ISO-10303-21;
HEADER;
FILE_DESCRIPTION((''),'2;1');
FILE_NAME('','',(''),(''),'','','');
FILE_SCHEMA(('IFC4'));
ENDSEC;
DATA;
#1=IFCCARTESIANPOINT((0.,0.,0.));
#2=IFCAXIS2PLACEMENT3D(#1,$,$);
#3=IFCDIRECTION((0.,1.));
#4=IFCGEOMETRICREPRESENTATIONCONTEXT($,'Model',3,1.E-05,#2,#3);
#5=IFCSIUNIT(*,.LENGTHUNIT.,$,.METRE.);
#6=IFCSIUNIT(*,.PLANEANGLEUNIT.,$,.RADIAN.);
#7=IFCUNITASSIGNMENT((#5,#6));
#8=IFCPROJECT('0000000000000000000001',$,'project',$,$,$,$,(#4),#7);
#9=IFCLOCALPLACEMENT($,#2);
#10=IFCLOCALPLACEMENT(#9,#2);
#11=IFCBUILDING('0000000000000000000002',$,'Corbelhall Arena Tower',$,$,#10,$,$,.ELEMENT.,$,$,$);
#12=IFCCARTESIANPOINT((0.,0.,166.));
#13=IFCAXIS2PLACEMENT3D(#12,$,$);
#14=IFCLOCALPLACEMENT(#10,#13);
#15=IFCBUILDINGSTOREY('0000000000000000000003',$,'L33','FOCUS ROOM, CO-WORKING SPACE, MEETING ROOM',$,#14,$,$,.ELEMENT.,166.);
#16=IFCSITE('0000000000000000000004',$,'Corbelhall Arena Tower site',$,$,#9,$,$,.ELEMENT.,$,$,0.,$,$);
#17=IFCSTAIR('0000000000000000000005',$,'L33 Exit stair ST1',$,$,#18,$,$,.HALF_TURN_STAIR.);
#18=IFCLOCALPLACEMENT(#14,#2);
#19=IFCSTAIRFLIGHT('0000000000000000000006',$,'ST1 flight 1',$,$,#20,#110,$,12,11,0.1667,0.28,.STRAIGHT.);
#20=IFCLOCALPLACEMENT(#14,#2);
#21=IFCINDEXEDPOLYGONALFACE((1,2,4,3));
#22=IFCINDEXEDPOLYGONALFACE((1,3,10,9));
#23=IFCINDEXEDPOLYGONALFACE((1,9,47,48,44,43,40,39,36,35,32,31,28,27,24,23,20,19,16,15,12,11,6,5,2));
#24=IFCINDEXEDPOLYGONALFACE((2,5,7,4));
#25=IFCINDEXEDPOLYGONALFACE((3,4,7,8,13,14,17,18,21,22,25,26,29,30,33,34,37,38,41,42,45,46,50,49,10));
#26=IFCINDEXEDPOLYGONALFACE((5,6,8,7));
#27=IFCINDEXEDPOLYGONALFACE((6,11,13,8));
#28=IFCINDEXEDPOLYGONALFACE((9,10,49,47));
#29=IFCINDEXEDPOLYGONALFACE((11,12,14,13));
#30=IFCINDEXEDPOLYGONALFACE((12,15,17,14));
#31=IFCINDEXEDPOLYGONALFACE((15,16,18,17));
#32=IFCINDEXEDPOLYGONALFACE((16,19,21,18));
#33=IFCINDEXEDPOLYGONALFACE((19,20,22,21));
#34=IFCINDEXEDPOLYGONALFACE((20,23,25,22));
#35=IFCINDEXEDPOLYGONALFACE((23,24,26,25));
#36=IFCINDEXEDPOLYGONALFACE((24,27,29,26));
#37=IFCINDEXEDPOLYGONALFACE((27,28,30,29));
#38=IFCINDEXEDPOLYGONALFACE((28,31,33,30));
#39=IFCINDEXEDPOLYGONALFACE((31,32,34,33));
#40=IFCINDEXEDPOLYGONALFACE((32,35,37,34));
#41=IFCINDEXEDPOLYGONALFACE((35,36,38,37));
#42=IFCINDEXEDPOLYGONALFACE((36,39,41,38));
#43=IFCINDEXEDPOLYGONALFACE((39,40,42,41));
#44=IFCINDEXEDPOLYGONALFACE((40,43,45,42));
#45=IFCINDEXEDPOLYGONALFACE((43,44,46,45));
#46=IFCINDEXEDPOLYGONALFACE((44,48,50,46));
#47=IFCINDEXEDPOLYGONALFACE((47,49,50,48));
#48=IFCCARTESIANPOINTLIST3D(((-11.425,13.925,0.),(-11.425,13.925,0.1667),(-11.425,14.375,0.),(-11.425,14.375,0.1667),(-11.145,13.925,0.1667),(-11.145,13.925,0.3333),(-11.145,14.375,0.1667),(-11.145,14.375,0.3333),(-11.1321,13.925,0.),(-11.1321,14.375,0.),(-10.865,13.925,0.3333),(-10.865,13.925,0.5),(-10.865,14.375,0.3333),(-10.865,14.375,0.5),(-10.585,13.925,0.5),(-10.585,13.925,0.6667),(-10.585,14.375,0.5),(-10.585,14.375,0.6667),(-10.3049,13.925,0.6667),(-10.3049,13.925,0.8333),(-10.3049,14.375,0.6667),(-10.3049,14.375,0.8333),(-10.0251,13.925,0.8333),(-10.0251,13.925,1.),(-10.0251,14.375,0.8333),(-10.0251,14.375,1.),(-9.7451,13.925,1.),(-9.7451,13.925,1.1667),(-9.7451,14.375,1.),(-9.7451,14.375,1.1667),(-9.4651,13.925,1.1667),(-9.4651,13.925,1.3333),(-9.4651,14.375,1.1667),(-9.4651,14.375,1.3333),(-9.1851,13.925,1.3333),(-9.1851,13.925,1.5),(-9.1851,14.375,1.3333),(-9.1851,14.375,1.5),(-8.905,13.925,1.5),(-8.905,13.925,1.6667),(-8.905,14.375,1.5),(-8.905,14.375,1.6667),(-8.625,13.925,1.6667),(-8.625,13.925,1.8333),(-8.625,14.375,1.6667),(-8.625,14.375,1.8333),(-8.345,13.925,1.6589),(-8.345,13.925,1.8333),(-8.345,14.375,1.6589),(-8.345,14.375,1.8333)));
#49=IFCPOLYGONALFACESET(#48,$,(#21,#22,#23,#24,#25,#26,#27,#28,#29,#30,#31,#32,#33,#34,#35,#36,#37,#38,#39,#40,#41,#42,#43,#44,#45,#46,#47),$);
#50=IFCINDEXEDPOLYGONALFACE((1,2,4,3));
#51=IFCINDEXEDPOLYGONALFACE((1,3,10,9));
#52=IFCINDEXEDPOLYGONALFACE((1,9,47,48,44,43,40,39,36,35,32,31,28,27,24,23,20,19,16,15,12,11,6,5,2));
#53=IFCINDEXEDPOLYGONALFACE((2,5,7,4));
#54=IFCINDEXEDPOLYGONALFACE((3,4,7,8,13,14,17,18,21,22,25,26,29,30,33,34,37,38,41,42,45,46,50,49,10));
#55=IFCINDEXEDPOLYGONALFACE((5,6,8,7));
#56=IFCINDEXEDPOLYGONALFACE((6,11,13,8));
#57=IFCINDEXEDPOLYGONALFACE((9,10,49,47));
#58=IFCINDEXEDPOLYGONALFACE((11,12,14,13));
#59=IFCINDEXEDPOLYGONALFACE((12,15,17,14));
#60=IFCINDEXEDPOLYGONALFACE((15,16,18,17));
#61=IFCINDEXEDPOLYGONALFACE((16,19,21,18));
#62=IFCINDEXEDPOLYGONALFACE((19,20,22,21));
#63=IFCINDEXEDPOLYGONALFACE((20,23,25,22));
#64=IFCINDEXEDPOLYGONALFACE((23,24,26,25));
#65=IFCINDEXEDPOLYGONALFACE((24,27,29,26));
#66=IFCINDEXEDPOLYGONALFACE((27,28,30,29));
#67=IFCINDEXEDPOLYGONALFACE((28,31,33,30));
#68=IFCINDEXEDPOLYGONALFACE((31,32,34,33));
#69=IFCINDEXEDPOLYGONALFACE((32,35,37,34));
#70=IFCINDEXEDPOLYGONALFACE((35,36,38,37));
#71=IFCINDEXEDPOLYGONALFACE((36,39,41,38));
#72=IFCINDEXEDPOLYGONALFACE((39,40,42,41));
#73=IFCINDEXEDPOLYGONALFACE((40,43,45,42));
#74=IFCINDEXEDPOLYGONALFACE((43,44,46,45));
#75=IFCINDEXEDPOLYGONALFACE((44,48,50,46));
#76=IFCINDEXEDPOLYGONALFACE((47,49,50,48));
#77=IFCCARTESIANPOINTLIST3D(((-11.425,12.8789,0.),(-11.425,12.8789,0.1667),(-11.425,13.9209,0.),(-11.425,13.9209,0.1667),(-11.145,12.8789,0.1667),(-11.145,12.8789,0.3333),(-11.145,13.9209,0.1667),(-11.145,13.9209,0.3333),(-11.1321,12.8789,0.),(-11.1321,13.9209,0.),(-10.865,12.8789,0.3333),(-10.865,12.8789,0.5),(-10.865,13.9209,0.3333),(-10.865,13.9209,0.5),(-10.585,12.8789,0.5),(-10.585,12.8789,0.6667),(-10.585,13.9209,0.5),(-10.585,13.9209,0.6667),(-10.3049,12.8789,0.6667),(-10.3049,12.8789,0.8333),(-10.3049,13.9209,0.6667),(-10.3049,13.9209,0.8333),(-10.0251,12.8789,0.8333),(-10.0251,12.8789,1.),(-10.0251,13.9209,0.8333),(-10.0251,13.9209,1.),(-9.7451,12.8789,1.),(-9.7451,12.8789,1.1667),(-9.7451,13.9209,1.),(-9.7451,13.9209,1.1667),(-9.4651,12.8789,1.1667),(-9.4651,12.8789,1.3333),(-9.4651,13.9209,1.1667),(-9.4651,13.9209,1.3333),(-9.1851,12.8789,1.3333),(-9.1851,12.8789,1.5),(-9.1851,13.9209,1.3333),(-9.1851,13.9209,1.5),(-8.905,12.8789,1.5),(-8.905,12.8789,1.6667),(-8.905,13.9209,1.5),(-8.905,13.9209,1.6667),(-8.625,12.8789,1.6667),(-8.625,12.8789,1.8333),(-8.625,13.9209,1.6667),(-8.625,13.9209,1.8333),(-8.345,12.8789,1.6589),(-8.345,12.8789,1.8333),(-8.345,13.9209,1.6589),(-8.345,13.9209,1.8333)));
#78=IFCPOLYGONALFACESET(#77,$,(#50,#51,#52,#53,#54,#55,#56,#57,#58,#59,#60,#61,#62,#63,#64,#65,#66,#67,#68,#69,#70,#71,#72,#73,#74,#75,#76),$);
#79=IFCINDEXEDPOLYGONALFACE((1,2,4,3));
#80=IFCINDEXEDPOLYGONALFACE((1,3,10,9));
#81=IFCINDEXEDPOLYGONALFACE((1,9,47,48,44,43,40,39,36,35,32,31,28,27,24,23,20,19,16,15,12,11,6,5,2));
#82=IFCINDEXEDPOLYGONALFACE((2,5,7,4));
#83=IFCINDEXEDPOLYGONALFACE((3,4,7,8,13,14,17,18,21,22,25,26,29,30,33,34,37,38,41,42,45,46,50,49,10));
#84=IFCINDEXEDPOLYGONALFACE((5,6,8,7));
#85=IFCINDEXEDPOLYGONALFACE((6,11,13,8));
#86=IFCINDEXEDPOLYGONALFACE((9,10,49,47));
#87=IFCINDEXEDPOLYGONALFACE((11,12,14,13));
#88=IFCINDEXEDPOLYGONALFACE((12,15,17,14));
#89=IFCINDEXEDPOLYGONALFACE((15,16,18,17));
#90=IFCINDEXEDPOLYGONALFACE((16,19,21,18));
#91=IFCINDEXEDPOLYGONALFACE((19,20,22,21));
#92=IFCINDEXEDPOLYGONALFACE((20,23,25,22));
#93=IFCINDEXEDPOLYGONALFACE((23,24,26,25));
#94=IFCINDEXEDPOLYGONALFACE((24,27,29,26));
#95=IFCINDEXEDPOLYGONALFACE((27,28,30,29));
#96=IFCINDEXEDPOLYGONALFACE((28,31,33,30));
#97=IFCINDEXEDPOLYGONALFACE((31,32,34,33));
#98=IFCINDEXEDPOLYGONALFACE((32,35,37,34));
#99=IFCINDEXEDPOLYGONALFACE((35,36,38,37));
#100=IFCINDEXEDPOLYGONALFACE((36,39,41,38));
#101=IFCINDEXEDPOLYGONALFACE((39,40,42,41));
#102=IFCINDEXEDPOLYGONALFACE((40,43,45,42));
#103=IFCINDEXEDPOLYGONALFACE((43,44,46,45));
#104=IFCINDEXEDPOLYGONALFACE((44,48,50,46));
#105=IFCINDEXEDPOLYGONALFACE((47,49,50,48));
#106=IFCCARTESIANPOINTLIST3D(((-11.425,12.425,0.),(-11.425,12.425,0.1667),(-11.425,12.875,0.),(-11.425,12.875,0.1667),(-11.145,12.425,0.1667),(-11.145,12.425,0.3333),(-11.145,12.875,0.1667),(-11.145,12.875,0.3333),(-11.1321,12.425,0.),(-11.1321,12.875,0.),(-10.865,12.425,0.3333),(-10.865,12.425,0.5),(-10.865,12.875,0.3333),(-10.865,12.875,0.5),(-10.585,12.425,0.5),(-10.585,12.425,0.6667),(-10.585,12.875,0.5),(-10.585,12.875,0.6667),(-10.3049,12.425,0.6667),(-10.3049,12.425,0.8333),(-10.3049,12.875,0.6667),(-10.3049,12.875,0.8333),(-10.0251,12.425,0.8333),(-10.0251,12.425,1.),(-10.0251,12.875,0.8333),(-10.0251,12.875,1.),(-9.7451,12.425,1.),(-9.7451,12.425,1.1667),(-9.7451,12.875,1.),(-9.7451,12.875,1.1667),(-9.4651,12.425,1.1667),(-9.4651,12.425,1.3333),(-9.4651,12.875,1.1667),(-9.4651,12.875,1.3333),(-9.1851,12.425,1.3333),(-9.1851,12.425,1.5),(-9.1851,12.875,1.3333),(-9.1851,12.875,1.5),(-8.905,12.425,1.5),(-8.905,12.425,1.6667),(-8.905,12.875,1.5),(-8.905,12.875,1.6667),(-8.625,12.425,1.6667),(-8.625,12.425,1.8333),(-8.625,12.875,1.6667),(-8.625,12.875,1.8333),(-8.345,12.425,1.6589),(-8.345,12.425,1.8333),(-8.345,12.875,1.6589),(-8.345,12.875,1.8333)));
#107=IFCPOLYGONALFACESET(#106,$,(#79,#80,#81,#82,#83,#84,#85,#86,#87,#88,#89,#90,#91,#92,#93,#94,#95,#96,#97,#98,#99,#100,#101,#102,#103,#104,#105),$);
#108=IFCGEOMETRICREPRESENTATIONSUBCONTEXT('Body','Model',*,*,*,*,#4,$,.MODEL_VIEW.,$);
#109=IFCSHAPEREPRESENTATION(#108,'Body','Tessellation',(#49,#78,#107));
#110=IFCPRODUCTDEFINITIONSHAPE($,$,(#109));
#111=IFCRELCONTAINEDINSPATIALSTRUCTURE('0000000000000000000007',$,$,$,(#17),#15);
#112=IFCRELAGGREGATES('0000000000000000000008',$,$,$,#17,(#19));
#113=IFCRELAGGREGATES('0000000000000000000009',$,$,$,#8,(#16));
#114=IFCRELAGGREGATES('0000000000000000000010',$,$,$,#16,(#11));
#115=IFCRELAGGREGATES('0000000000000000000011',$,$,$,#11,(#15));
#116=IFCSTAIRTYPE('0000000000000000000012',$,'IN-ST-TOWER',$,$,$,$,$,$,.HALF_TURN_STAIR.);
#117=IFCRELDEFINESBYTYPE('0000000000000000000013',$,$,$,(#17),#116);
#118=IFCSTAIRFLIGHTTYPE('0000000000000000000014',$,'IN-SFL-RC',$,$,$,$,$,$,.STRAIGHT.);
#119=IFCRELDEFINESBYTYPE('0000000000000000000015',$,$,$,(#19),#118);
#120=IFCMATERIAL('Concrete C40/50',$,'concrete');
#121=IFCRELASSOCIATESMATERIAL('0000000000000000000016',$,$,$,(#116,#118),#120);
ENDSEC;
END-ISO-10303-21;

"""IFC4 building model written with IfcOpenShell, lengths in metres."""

from ifc_helpers import new_model, si_unit, direction, frame, origin, place, context, subcontext, project, spatial, polyline, outline, extrude, material, type_object, element, aggregate, save


model = new_model("IFC4")

# Units and contexts
model_context = context("Model", 3, precision=1e-05, world=origin(), true_north=direction((0.0, 1.0)))
body_context = subcontext(model_context, "Body", "Model", "MODEL_VIEW")
ifc_project = project(units=[si_unit("LENGTHUNIT", "METRE"), si_unit("PLANEANGLEUNIT", "RADIAN")], contexts=[model_context])

# Site, building, storey
site_placement = place(None, origin())
site = spatial("IfcSite", under=ifc_project, at=site_placement, Name="Corbelhall Arena Tower site", CompositionType="ELEMENT", RefElevation=0.0)
building_placement = place(site_placement, origin())
building = spatial("IfcBuilding", under=site, at=building_placement, Name="Corbelhall Arena Tower", CompositionType="ELEMENT")
storey_placement = place(building_placement, frame((0.0, 0.0, 166.0)))
storey = spatial("IfcBuildingStorey", under=building, at=storey_placement, Name="L33", Description="FOCUS ROOM, CO-WORKING SPACE, MEETING ROOM", CompositionType="ELEMENT", Elevation=166.0)

# Shared definitions
ifc_material_1 = material(Name="Concrete C40/50", Category="concrete")

# Stair, stair flight
stair_type = type_object("IfcStairType", Name="IN-ST-TOWER", PredefinedType="HALF_TURN_STAIR", material=ifc_material_1)
stair_placement = place(storey_placement, origin())
stair = element("IfcStair", 1, at=stair_placement, inside=storey, type_object=stair_type, Name="L33 Exit stair ST1", PredefinedType="HALF_TURN_STAIR")
stair_flight_type = type_object("IfcStairFlightType", Name="IN-SFL-RC", PredefinedType="STRAIGHT", material=ifc_material_1)
stair_flight_placement = place(storey_placement, frame((-11.425, 13.3999, 0.0), z_axis=(0.0, 0.0, 1.0), x_axis=(1.0, 0.0, 0.0)))
stair_flight = element("IfcStairFlight", 2, at=stair_flight_placement, type_object=stair_flight_type, Name="ST1 flight 1", NumberOfRisers=12, NumberOfTreads=11, PredefinedType="STRAIGHT", RiserHeight=0.1667, TreadLength=0.28, context=body_context, shape_type="SweptSolid", body=[
    extrude(outline(polyline([(0.0, 0.0), (0.0, 0.1667), (0.28, 0.1667), (0.28, 0.3333), (0.5601, 0.3333), (0.5601, 0.5), (0.8401, 0.5), (0.8401, 0.6667), (1.1201, 0.6667), (1.1201, 0.8333), (1.3999, 0.8333), (1.3999, 1.0), (1.6799, 1.0), (1.6799, 1.1667), (1.96, 1.1667), (1.96, 1.3333), (2.24, 1.3333), (2.24, 1.5), (2.52, 1.5), (2.52, 1.6667), (2.8, 1.6667), (2.8, 1.8333), (3.0801, 1.8333), (3.0801, 2.0), (3.0801, 1.6589), (0.293, 0.0), (0.0, 0.0)])), frame((0.0, 0.9751, 0.0), z_axis=(0.0, -1.0, 0.0), x_axis=(1.0, 0.0, 0.0)), (0.0, 0.0, 1.0), 0.45),
    extrude(outline(polyline([(0.0, 0.0), (0.0, 0.1667), (0.28, 0.1667), (0.28, 0.3333), (0.5601, 0.3333), (0.5601, 0.5), (0.8401, 0.5), (0.8401, 0.6667), (1.1201, 0.6667), (1.1201, 0.8333), (1.3999, 0.8333), (1.3999, 1.0), (1.6799, 1.0), (1.6799, 1.1667), (1.96, 1.1667), (1.96, 1.3333), (2.24, 1.3333), (2.24, 1.5), (2.52, 1.5), (2.52, 1.6667), (2.8, 1.6667), (2.8, 1.8333), (3.0801, 1.8333), (3.0801, 2.0), (3.0801, 1.6589), (0.293, 0.0), (0.0, 0.0)])), frame((0.0, 0.521, 0.0), z_axis=(0.0, -1.0, 0.0), x_axis=(1.0, 0.0, 0.0)), (0.0, 0.0, 1.0), 1.042),
    extrude(outline(polyline([(0.0, 0.0), (0.0, 0.1667), (0.28, 0.1667), (0.28, 0.3333), (0.5601, 0.3333), (0.5601, 0.5), (0.8401, 0.5), (0.8401, 0.6667), (1.1201, 0.6667), (1.1201, 0.8333), (1.3999, 0.8333), (1.3999, 1.0), (1.6799, 1.0), (1.6799, 1.1667), (1.96, 1.1667), (1.96, 1.3333), (2.24, 1.3333), (2.24, 1.5), (2.52, 1.5), (2.52, 1.6667), (2.8, 1.6667), (2.8, 1.8333), (3.0801, 1.8333), (3.0801, 2.0), (3.0801, 1.6589), (0.293, 0.0), (0.0, 0.0)])), frame((0.0, -0.5249, 0.0), z_axis=(0.0, -1.0, 0.0), x_axis=(1.0, 0.0, 0.0)), (0.0, 0.0, 1.0), 0.45),
])
aggregate(stair, [stair_flight])

save(model, "model.ifc")
